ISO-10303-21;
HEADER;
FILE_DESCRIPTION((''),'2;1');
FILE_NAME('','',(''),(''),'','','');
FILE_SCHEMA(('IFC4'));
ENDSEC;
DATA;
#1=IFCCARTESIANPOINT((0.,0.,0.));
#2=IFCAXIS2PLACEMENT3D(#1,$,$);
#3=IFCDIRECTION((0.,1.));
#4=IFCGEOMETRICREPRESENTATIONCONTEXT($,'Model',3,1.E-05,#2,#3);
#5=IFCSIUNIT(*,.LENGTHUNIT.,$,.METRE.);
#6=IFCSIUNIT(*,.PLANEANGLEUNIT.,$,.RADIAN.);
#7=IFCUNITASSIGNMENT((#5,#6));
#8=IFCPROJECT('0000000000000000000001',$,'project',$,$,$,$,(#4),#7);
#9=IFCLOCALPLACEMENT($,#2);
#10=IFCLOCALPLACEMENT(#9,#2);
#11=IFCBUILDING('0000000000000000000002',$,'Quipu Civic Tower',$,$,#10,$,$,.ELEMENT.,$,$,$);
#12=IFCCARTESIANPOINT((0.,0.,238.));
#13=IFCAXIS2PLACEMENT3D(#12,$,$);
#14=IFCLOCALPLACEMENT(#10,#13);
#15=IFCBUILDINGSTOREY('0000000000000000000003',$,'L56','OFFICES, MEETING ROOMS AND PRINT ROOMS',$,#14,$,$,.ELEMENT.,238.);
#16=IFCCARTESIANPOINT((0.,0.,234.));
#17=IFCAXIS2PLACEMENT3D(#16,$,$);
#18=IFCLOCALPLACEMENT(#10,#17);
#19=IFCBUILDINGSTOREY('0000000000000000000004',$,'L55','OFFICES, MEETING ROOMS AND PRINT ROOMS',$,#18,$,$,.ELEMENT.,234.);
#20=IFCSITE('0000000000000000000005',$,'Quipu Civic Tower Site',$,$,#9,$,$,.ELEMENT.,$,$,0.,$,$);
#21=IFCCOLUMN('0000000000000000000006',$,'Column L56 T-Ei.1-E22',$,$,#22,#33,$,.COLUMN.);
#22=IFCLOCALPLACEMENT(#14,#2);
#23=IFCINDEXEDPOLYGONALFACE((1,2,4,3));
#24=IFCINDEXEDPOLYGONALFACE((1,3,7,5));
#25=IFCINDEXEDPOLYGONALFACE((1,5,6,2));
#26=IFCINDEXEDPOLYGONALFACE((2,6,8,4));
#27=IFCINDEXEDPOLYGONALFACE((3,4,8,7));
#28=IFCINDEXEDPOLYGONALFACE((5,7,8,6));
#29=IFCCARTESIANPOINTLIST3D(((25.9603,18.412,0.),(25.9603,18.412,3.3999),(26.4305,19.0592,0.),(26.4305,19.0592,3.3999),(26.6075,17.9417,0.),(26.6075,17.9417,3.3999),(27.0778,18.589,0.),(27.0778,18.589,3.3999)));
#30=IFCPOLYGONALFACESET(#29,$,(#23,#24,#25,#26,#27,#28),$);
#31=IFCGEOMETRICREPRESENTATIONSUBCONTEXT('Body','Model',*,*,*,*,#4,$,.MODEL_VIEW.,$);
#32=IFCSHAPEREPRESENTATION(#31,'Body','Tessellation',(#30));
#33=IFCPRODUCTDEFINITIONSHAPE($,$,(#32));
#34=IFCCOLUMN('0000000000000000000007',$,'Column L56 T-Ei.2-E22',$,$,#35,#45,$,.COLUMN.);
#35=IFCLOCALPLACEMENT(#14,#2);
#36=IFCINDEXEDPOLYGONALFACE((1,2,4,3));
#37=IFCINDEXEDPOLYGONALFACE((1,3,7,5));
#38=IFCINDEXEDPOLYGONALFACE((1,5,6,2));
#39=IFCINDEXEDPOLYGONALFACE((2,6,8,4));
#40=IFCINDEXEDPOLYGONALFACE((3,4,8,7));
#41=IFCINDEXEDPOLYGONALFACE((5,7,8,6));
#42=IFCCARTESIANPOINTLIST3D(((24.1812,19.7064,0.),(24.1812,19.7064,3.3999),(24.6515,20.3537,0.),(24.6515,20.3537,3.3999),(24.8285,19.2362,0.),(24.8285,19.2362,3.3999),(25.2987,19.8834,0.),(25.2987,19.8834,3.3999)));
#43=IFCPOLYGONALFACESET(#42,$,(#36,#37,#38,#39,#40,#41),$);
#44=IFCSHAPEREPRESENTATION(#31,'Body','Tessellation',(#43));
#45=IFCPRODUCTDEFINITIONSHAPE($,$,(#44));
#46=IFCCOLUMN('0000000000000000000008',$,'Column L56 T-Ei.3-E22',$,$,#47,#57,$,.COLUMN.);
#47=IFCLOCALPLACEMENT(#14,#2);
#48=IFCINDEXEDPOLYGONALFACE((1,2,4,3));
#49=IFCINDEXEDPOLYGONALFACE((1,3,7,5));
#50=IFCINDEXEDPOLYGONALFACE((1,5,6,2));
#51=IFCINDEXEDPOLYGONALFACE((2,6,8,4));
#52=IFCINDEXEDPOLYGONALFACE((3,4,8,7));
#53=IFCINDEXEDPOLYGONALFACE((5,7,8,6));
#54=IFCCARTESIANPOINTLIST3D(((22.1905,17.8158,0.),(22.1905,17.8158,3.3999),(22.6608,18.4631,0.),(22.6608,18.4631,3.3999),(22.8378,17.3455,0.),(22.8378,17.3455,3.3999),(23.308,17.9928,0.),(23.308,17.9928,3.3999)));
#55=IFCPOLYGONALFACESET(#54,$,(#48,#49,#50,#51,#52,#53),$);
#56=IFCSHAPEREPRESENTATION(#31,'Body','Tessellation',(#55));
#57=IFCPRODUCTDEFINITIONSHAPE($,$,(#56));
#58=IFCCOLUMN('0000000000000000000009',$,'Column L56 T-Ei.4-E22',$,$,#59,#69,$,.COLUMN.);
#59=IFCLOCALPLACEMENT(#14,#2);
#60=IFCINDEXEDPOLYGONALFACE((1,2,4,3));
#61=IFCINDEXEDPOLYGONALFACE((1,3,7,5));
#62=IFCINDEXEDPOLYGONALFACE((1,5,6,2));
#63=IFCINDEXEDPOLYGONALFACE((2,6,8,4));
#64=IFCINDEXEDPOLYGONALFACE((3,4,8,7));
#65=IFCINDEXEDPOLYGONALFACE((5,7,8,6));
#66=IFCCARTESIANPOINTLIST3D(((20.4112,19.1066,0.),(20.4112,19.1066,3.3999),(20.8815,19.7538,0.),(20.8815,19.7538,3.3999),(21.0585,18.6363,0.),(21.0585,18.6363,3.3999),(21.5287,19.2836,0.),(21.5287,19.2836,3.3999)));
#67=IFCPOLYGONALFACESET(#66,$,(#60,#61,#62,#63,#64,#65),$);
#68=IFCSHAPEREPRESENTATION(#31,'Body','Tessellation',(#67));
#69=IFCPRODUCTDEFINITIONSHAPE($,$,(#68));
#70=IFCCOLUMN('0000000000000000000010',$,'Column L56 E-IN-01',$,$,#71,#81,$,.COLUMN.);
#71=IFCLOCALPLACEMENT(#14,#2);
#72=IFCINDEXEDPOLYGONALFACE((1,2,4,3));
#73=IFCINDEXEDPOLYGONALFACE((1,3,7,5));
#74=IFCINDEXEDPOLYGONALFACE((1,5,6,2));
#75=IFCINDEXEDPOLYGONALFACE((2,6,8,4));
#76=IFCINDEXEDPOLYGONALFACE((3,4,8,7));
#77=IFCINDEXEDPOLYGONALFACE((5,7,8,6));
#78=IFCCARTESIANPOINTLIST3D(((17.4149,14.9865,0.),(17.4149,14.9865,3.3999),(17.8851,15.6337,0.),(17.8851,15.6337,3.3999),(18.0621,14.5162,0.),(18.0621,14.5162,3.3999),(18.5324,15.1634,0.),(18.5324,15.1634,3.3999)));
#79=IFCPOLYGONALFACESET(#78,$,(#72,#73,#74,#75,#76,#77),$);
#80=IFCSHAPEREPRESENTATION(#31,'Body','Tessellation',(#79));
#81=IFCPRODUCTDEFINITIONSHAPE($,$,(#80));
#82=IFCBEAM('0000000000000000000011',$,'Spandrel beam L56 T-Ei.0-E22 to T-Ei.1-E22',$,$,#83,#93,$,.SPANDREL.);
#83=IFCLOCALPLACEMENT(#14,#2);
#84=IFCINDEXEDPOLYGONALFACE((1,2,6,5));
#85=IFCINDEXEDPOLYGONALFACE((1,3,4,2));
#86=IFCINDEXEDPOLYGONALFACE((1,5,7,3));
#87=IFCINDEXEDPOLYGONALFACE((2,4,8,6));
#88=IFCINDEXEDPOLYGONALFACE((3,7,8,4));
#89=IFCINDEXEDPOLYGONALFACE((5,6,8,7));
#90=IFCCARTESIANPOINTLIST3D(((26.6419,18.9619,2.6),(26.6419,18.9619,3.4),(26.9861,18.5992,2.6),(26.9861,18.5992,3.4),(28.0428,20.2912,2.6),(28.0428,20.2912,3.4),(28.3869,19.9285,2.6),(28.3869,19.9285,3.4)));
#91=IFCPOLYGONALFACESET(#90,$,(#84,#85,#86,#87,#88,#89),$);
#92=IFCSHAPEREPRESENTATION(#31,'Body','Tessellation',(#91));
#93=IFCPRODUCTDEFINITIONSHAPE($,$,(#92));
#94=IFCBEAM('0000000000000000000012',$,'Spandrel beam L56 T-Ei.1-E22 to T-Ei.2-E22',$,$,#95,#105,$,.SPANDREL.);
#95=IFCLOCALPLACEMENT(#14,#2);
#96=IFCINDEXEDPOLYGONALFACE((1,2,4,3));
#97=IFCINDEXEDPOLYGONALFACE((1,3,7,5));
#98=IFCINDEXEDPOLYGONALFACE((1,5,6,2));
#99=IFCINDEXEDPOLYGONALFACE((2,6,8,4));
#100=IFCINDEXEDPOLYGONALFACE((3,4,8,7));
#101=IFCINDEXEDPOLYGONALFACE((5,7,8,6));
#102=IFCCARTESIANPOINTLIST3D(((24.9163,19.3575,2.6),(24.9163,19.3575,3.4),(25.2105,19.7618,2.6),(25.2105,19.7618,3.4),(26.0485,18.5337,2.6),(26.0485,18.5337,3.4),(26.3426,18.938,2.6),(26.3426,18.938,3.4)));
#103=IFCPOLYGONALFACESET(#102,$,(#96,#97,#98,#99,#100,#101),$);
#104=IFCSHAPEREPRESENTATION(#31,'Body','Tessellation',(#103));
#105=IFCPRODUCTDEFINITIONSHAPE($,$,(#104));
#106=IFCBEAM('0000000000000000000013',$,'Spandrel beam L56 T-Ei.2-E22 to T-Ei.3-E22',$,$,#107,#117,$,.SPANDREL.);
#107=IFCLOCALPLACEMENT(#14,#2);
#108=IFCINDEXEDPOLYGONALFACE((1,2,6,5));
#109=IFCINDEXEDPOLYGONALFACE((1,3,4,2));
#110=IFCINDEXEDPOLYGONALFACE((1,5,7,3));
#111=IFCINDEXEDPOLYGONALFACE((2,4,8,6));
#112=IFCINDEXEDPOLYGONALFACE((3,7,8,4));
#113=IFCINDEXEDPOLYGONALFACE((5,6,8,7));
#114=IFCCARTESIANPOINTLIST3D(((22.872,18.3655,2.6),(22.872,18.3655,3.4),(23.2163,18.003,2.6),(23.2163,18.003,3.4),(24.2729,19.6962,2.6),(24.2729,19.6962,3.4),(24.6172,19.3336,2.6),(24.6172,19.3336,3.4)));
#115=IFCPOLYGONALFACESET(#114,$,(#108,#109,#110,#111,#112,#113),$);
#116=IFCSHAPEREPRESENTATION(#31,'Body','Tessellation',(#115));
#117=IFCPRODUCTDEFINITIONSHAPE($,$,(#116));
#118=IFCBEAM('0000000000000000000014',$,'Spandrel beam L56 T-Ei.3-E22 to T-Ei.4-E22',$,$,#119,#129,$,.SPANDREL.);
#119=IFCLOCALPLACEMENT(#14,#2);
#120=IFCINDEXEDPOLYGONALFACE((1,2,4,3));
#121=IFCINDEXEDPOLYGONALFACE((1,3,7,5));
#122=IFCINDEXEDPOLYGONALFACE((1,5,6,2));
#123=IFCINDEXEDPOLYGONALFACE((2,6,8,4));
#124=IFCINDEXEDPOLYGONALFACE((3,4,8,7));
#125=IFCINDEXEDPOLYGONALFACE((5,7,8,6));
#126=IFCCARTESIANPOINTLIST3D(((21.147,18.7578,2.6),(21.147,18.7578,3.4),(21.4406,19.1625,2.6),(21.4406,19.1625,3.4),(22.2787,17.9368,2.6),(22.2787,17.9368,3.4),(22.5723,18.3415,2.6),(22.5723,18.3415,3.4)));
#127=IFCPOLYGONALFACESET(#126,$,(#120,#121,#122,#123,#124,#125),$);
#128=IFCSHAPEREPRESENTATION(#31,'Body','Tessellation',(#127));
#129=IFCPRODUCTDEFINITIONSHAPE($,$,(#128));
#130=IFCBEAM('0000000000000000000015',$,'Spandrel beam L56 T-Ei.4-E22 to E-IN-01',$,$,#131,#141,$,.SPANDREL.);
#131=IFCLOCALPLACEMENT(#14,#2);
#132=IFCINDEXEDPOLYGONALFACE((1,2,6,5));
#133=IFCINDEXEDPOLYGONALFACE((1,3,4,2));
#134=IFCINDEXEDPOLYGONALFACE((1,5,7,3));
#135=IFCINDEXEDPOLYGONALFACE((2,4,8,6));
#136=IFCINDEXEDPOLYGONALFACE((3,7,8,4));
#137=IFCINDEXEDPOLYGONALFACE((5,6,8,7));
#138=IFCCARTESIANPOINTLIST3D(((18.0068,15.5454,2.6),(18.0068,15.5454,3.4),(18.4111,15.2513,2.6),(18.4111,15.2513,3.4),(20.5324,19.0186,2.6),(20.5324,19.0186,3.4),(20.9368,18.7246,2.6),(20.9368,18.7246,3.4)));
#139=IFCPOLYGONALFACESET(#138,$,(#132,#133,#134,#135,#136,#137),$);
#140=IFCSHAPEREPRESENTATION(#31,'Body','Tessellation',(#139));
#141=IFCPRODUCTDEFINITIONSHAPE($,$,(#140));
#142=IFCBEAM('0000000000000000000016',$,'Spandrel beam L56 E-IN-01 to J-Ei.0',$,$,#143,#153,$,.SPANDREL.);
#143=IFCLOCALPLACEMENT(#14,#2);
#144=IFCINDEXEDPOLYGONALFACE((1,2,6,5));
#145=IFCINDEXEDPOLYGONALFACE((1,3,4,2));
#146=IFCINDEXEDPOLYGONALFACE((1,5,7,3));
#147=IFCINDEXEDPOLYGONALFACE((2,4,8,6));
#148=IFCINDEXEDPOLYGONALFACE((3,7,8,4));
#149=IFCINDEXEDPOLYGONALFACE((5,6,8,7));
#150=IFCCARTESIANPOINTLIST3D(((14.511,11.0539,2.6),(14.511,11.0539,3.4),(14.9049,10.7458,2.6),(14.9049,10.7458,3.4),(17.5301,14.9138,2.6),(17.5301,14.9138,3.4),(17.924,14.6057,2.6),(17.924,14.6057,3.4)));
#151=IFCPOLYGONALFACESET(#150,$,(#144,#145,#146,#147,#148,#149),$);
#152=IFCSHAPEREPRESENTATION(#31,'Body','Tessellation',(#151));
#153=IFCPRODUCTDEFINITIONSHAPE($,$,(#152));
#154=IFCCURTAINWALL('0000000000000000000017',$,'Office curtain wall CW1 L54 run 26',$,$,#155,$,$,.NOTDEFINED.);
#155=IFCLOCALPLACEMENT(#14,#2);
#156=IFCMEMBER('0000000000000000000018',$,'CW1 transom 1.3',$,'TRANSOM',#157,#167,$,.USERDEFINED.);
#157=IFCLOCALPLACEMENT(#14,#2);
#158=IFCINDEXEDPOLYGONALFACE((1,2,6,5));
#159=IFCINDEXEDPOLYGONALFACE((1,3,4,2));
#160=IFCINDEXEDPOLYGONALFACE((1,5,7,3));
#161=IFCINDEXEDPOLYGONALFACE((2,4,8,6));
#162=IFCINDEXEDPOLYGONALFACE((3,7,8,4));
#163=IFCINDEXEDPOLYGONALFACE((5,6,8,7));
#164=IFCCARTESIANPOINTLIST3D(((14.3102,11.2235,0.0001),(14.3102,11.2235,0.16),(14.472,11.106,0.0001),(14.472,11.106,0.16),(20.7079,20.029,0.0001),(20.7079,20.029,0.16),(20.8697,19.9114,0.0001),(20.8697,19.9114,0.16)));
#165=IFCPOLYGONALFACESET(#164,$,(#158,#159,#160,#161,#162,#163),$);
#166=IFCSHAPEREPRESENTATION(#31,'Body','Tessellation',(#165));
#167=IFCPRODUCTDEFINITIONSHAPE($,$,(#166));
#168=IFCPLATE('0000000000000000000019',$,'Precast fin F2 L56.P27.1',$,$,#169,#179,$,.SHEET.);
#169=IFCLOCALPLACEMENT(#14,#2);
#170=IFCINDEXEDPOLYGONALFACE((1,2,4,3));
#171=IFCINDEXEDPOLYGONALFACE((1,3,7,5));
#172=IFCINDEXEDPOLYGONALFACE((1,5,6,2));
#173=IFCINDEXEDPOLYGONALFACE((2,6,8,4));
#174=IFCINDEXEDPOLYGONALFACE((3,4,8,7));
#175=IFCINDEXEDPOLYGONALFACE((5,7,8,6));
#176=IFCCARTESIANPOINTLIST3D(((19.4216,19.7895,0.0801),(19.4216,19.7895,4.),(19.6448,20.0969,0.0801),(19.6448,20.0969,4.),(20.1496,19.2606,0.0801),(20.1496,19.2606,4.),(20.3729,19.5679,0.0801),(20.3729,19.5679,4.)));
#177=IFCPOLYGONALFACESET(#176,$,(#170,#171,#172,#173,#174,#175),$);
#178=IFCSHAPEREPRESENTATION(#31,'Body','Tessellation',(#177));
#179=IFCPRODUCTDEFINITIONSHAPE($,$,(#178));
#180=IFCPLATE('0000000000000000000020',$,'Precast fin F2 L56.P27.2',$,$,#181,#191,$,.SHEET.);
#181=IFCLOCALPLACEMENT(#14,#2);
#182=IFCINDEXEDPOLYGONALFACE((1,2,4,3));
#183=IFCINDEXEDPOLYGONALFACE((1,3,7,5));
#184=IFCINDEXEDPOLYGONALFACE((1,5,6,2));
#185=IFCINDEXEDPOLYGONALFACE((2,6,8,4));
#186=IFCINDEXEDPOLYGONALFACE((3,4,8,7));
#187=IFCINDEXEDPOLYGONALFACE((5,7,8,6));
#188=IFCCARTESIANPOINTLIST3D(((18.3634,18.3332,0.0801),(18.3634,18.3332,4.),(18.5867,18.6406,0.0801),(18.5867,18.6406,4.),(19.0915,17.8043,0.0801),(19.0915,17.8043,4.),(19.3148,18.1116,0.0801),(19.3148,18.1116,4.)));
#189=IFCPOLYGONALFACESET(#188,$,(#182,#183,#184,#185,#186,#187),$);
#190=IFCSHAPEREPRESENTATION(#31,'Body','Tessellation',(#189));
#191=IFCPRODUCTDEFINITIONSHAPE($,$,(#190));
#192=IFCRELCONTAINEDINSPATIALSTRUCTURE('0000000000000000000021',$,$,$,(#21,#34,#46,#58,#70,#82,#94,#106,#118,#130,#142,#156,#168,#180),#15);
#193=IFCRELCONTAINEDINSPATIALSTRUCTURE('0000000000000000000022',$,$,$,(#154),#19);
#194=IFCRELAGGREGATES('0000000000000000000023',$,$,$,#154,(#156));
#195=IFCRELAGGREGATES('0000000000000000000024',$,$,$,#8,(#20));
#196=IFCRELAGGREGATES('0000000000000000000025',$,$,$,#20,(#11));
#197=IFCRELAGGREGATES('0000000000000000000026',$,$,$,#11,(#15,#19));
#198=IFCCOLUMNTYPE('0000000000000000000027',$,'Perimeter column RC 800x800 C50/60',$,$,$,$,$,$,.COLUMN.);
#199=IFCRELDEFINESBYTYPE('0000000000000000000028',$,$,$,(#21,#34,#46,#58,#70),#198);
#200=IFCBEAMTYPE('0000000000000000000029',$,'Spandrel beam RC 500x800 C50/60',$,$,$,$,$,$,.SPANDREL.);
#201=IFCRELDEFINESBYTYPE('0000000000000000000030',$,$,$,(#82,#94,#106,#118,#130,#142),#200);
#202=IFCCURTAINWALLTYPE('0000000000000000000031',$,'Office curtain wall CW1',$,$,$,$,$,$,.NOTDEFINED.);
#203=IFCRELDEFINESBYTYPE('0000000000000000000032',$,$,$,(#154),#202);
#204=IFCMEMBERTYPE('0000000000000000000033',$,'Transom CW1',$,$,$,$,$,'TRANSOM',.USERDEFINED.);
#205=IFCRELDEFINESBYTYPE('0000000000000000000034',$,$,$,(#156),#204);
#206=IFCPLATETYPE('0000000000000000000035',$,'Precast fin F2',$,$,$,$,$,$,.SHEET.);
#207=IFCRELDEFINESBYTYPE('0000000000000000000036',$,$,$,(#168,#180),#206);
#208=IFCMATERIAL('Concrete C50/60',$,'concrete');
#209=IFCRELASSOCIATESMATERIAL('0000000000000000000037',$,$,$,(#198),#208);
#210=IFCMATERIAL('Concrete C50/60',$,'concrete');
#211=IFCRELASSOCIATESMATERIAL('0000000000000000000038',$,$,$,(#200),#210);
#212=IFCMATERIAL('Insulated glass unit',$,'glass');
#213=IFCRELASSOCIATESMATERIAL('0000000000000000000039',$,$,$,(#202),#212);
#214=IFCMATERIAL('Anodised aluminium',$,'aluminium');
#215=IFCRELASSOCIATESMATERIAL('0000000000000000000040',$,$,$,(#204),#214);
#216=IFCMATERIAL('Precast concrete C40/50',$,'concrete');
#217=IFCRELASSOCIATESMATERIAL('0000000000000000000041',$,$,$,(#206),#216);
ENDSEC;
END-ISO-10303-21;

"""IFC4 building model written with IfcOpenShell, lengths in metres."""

from ifc_helpers import new_model, si_unit, direction, frame, origin, origin_2d, place, context, subcontext, project, spatial, rectangle, extrude, material, material_profile, profile_set, type_object, element, aggregate, save


model = new_model("IFC4")

# Units and contexts
model_context = context("Model", 3, precision=1e-05, world=origin(), true_north=direction((0.0, 1.0)))
body_context = subcontext(model_context, "Body", "Model", "MODEL_VIEW")
ifc_project = project(units=[si_unit("LENGTHUNIT", "METRE"), si_unit("PLANEANGLEUNIT", "RADIAN")], contexts=[model_context])

# Site, building, storey
site_placement = place(None, origin())
site = spatial("IfcSite", under=ifc_project, at=site_placement, Name="Quipu Civic Tower Site", CompositionType="ELEMENT", RefElevation=0.0)
building_placement = place(site_placement, origin())
building = spatial("IfcBuilding", under=site, at=building_placement, Name="Quipu Civic Tower", CompositionType="ELEMENT")
storey_1_placement = place(building_placement, frame((0.0, 0.0, 238.0)))
storey_1 = spatial("IfcBuildingStorey", under=building, at=storey_1_placement, Name="L56", Description="OFFICES, MEETING ROOMS AND PRINT ROOMS", CompositionType="ELEMENT", Elevation=238.0)

# Columns
ifc_material_1 = material(Name="Concrete C50/60", Category="concrete")
ifc_material_profile_1 = material_profile(ifc_material_1, rectangle(XDim=0.8, YDim=0.8, at=origin_2d()), Name="RC800x800")
ifc_profile_set_1 = profile_set([ifc_material_profile_1], Name="Concrete C50/60")
column_type = type_object("IfcColumnType", Name="Perimeter column RC 800x800 C50/60", PredefinedType="COLUMN", material=ifc_profile_set_1)
for number, where, z_axis, x_axis, name in (
    (1, (26.519, 18.5005, 0.0), (0.0, 0.0, 1.0), (-0.809017, 0.587785, 0.0), "Column L56 T-Ei.1-E22"),
    (2, (24.74, 19.7949, 0.0), (0.0, 0.0, 1.0), (-0.587785, -0.809017, 0.0), "Column L56 T-Ei.2-E22"),
    (3, (22.7493, 17.9043, 0.0), (0.0, 0.0, 1.0), (-0.587785, -0.809017, 0.0), "Column L56 T-Ei.3-E22"),
    (4, (20.97, 19.1951, 0.0), (0.0, 0.0, 1.0), (-0.587785, -0.809017, 0.0), "Column L56 T-Ei.4-E22"),
    (5, (17.9736, 15.075, 0.0), (0.0, 0.0, 1.0), (-0.587785, -0.809017, 0.0), "Column L56 E-IN-01"),
):
    element("IfcColumn", number, at=place(storey_1_placement, frame(where, z_axis=z_axis, x_axis=x_axis)), inside=storey_1, type_object=column_type, Name=name, PredefinedType="COLUMN", context=body_context, shape_type="SweptSolid", body=[
        extrude(rectangle(XDim=0.8, YDim=0.8, at=origin_2d()), origin(), (0.0, 0.0, 1.0), 3.3999),
    ])

# Beams
ifc_material_2 = material(Name="Concrete C50/60", Category="concrete")
ifc_material_profile_2 = material_profile(ifc_material_2, rectangle(XDim=0.5, YDim=0.8, at=origin_2d()), Name="RC500x800")
ifc_profile_set_2 = profile_set([ifc_material_profile_2], Name="Concrete C50/60")
beam_type = type_object("IfcBeamType", Name="Spandrel beam RC 500x800 C50/60", PredefinedType="SPANDREL", material=ifc_profile_set_2)
beam_1_placement = place(storey_1_placement, frame((28.2148, 20.1099, 3.0), z_axis=(-0.725384, -0.688344, 0.0), x_axis=(0.688344, -0.725384, 0.0)))
element("IfcBeam", 6, at=beam_1_placement, inside=storey_1, type_object=beam_type, Name="Spandrel beam L56 T-Ei.0-E22 to T-Ei.1-E22", PredefinedType="SPANDREL", context=body_context, shape_type="SweptSolid", body=[
    extrude(rectangle(XDim=0.5, YDim=0.8, at=origin_2d()), origin(), (0.0, 0.0, 1.0), 1.9312),
])
beam_2_placement = place(storey_1_placement, frame((26.1956, 18.7358, 3.0), z_axis=(-0.8086, 0.588358, 0.0), x_axis=(-0.588358, -0.8086, 0.0)))
element("IfcBeam", 7, at=beam_2_placement, inside=storey_1, type_object=beam_type, Name="Spandrel beam L56 T-Ei.1-E22 to T-Ei.2-E22", PredefinedType="SPANDREL", context=body_context, shape_type="SweptSolid", body=[
    extrude(rectangle(XDim=0.5, YDim=0.8, at=origin_2d()), origin(), (0.0, 0.0, 1.0), 1.4001),
])
beam_3_placement = place(storey_1_placement, frame((24.4451, 19.5149, 3.0), z_axis=(-0.725069, -0.688676, 0.0), x_axis=(0.688676, -0.725069, 0.0)))
element("IfcBeam", 8, at=beam_3_placement, inside=storey_1, type_object=beam_type, Name="Spandrel beam L56 T-Ei.2-E22 to T-Ei.3-E22", PredefinedType="SPANDREL", context=body_context, shape_type="SweptSolid", body=[
    extrude(rectangle(XDim=0.5, YDim=0.8, at=origin_2d()), origin(), (0.0, 0.0, 1.0), 1.9321),
])
beam_4_placement = place(storey_1_placement, frame((22.4255, 18.1392, 3.0), z_axis=(-0.809453, 0.587185, 0.0), x_axis=(-0.587185, -0.809453, 0.0)))
element("IfcBeam", 9, at=beam_4_placement, inside=storey_1, type_object=beam_type, Name="Spandrel beam L56 T-Ei.3-E22 to T-Ei.4-E22", PredefinedType="SPANDREL", context=body_context, shape_type="SweptSolid", body=[
    extrude(rectangle(XDim=0.5, YDim=0.8, at=origin_2d()), origin(), (0.0, 0.0, 1.0), 1.3982),
])
beam_5_placement = place(storey_1_placement, frame((20.7346, 18.8716, 3.0), z_axis=(-0.588128, -0.808768, 0.0), x_axis=(0.808768, -0.588128, 0.0)))
element("IfcBeam", 10, at=beam_5_placement, inside=storey_1, type_object=beam_type, Name="Spandrel beam L56 T-Ei.4-E22 to E-IN-01", PredefinedType="SPANDREL", context=body_context, shape_type="SweptSolid", body=[
    extrude(rectangle(XDim=0.5, YDim=0.8, at=origin_2d()), origin(), (0.0, 0.0, 1.0), 4.2944),
])
beam_6_placement = place(storey_1_placement, frame((17.7271, 14.7598, 3.0), z_axis=(-0.616091, -0.787675, 0.0), x_axis=(0.787675, -0.616091, 0.0)))
element("IfcBeam", 11, at=beam_6_placement, inside=storey_1, type_object=beam_type, Name="Spandrel beam L56 E-IN-01 to J-Ei.0", PredefinedType="SPANDREL", context=body_context, shape_type="SweptSolid", body=[
    extrude(rectangle(XDim=0.5, YDim=0.8, at=origin_2d()), origin(), (0.0, 0.0, 1.0), 4.9004),
])

# Shared definitions
storey_2_placement = place(building_placement, frame((0.0, 0.0, 234.0)))
storey_2 = spatial("IfcBuildingStorey", under=building, at=storey_2_placement, Name="L55", Description="OFFICES, MEETING ROOMS AND PRINT ROOMS", CompositionType="ELEMENT", Elevation=234.0)

# Curtain wall, member
ifc_material_3 = material(Name="Insulated glass unit", Category="glass")
curtain_wall_type = type_object("IfcCurtainWallType", Name="Office curtain wall CW1", PredefinedType="NOTDEFINED", material=ifc_material_3)
curtain_wall_placement = place(storey_2_placement, origin())
curtain_wall = element("IfcCurtainWall", 12, at=curtain_wall_placement, inside=storey_2, type_object=curtain_wall_type, Name="Office curtain wall CW1 L54 run 26", PredefinedType="NOTDEFINED")
ifc_material_4 = material(Name="Anodised aluminium", Category="aluminium")
ifc_material_profile_3 = material_profile(ifc_material_4, rectangle(XDim=0.2, YDim=0.1599, at=origin_2d()), Name="RECT 200x160")
ifc_profile_set_3 = profile_set([ifc_material_profile_3], Name="Anodised aluminium")
member_type = type_object("IfcMemberType", Name="Transom CW1", ElementType="TRANSOM", PredefinedType="USERDEFINED", material=ifc_profile_set_3)
member_placement = place(storey_1_placement, frame((20.7888, 19.9702, 0.0801), z_axis=(-0.587797, -0.809009, 0.0), x_axis=(0.809009, -0.587797, 0.0)))
member = element("IfcMember", 13, at=member_placement, inside=storey_1, type_object=member_type, Name="CW1 transom 1.3", ObjectType="TRANSOM", PredefinedType="USERDEFINED", context=body_context, shape_type="SweptSolid", body=[
    extrude(rectangle(XDim=0.2, YDim=0.1599, at=origin_2d()), origin(), (0.0, 0.0, 1.0), 10.8843),
])
aggregate(curtain_wall, [member])

# Plates
ifc_material_5 = material(Name="Precast concrete C40/50", Category="concrete")
plate_type = type_object("IfcPlateType", Name="Precast fin F2", PredefinedType="SHEET", material=ifc_material_5)
for number, where, z_axis, x_axis, name in (
    (14, (19.8972, 19.6787, 0.0801), (0.0, 0.0, 1.0), (-0.587784, -0.809018, 0.0), "Precast fin F2 L56.P27.1"),
    (15, (18.8391, 18.2224, 0.0801), (0.0, 0.0, 1.0), (-0.587784, -0.809018, 0.0), "Precast fin F2 L56.P27.2"),
):
    element("IfcPlate", number, at=place(storey_1_placement, frame(where, z_axis=z_axis, x_axis=x_axis)), inside=storey_1, type_object=plate_type, Name=name, PredefinedType="SHEET", context=body_context, shape_type="SweptSolid", body=[
        extrude(rectangle(XDim=0.3799, YDim=0.8999, at=origin_2d()), origin(), (0.0, 0.0, 1.0), 3.9199),
    ])

save(model, "model.ifc")
